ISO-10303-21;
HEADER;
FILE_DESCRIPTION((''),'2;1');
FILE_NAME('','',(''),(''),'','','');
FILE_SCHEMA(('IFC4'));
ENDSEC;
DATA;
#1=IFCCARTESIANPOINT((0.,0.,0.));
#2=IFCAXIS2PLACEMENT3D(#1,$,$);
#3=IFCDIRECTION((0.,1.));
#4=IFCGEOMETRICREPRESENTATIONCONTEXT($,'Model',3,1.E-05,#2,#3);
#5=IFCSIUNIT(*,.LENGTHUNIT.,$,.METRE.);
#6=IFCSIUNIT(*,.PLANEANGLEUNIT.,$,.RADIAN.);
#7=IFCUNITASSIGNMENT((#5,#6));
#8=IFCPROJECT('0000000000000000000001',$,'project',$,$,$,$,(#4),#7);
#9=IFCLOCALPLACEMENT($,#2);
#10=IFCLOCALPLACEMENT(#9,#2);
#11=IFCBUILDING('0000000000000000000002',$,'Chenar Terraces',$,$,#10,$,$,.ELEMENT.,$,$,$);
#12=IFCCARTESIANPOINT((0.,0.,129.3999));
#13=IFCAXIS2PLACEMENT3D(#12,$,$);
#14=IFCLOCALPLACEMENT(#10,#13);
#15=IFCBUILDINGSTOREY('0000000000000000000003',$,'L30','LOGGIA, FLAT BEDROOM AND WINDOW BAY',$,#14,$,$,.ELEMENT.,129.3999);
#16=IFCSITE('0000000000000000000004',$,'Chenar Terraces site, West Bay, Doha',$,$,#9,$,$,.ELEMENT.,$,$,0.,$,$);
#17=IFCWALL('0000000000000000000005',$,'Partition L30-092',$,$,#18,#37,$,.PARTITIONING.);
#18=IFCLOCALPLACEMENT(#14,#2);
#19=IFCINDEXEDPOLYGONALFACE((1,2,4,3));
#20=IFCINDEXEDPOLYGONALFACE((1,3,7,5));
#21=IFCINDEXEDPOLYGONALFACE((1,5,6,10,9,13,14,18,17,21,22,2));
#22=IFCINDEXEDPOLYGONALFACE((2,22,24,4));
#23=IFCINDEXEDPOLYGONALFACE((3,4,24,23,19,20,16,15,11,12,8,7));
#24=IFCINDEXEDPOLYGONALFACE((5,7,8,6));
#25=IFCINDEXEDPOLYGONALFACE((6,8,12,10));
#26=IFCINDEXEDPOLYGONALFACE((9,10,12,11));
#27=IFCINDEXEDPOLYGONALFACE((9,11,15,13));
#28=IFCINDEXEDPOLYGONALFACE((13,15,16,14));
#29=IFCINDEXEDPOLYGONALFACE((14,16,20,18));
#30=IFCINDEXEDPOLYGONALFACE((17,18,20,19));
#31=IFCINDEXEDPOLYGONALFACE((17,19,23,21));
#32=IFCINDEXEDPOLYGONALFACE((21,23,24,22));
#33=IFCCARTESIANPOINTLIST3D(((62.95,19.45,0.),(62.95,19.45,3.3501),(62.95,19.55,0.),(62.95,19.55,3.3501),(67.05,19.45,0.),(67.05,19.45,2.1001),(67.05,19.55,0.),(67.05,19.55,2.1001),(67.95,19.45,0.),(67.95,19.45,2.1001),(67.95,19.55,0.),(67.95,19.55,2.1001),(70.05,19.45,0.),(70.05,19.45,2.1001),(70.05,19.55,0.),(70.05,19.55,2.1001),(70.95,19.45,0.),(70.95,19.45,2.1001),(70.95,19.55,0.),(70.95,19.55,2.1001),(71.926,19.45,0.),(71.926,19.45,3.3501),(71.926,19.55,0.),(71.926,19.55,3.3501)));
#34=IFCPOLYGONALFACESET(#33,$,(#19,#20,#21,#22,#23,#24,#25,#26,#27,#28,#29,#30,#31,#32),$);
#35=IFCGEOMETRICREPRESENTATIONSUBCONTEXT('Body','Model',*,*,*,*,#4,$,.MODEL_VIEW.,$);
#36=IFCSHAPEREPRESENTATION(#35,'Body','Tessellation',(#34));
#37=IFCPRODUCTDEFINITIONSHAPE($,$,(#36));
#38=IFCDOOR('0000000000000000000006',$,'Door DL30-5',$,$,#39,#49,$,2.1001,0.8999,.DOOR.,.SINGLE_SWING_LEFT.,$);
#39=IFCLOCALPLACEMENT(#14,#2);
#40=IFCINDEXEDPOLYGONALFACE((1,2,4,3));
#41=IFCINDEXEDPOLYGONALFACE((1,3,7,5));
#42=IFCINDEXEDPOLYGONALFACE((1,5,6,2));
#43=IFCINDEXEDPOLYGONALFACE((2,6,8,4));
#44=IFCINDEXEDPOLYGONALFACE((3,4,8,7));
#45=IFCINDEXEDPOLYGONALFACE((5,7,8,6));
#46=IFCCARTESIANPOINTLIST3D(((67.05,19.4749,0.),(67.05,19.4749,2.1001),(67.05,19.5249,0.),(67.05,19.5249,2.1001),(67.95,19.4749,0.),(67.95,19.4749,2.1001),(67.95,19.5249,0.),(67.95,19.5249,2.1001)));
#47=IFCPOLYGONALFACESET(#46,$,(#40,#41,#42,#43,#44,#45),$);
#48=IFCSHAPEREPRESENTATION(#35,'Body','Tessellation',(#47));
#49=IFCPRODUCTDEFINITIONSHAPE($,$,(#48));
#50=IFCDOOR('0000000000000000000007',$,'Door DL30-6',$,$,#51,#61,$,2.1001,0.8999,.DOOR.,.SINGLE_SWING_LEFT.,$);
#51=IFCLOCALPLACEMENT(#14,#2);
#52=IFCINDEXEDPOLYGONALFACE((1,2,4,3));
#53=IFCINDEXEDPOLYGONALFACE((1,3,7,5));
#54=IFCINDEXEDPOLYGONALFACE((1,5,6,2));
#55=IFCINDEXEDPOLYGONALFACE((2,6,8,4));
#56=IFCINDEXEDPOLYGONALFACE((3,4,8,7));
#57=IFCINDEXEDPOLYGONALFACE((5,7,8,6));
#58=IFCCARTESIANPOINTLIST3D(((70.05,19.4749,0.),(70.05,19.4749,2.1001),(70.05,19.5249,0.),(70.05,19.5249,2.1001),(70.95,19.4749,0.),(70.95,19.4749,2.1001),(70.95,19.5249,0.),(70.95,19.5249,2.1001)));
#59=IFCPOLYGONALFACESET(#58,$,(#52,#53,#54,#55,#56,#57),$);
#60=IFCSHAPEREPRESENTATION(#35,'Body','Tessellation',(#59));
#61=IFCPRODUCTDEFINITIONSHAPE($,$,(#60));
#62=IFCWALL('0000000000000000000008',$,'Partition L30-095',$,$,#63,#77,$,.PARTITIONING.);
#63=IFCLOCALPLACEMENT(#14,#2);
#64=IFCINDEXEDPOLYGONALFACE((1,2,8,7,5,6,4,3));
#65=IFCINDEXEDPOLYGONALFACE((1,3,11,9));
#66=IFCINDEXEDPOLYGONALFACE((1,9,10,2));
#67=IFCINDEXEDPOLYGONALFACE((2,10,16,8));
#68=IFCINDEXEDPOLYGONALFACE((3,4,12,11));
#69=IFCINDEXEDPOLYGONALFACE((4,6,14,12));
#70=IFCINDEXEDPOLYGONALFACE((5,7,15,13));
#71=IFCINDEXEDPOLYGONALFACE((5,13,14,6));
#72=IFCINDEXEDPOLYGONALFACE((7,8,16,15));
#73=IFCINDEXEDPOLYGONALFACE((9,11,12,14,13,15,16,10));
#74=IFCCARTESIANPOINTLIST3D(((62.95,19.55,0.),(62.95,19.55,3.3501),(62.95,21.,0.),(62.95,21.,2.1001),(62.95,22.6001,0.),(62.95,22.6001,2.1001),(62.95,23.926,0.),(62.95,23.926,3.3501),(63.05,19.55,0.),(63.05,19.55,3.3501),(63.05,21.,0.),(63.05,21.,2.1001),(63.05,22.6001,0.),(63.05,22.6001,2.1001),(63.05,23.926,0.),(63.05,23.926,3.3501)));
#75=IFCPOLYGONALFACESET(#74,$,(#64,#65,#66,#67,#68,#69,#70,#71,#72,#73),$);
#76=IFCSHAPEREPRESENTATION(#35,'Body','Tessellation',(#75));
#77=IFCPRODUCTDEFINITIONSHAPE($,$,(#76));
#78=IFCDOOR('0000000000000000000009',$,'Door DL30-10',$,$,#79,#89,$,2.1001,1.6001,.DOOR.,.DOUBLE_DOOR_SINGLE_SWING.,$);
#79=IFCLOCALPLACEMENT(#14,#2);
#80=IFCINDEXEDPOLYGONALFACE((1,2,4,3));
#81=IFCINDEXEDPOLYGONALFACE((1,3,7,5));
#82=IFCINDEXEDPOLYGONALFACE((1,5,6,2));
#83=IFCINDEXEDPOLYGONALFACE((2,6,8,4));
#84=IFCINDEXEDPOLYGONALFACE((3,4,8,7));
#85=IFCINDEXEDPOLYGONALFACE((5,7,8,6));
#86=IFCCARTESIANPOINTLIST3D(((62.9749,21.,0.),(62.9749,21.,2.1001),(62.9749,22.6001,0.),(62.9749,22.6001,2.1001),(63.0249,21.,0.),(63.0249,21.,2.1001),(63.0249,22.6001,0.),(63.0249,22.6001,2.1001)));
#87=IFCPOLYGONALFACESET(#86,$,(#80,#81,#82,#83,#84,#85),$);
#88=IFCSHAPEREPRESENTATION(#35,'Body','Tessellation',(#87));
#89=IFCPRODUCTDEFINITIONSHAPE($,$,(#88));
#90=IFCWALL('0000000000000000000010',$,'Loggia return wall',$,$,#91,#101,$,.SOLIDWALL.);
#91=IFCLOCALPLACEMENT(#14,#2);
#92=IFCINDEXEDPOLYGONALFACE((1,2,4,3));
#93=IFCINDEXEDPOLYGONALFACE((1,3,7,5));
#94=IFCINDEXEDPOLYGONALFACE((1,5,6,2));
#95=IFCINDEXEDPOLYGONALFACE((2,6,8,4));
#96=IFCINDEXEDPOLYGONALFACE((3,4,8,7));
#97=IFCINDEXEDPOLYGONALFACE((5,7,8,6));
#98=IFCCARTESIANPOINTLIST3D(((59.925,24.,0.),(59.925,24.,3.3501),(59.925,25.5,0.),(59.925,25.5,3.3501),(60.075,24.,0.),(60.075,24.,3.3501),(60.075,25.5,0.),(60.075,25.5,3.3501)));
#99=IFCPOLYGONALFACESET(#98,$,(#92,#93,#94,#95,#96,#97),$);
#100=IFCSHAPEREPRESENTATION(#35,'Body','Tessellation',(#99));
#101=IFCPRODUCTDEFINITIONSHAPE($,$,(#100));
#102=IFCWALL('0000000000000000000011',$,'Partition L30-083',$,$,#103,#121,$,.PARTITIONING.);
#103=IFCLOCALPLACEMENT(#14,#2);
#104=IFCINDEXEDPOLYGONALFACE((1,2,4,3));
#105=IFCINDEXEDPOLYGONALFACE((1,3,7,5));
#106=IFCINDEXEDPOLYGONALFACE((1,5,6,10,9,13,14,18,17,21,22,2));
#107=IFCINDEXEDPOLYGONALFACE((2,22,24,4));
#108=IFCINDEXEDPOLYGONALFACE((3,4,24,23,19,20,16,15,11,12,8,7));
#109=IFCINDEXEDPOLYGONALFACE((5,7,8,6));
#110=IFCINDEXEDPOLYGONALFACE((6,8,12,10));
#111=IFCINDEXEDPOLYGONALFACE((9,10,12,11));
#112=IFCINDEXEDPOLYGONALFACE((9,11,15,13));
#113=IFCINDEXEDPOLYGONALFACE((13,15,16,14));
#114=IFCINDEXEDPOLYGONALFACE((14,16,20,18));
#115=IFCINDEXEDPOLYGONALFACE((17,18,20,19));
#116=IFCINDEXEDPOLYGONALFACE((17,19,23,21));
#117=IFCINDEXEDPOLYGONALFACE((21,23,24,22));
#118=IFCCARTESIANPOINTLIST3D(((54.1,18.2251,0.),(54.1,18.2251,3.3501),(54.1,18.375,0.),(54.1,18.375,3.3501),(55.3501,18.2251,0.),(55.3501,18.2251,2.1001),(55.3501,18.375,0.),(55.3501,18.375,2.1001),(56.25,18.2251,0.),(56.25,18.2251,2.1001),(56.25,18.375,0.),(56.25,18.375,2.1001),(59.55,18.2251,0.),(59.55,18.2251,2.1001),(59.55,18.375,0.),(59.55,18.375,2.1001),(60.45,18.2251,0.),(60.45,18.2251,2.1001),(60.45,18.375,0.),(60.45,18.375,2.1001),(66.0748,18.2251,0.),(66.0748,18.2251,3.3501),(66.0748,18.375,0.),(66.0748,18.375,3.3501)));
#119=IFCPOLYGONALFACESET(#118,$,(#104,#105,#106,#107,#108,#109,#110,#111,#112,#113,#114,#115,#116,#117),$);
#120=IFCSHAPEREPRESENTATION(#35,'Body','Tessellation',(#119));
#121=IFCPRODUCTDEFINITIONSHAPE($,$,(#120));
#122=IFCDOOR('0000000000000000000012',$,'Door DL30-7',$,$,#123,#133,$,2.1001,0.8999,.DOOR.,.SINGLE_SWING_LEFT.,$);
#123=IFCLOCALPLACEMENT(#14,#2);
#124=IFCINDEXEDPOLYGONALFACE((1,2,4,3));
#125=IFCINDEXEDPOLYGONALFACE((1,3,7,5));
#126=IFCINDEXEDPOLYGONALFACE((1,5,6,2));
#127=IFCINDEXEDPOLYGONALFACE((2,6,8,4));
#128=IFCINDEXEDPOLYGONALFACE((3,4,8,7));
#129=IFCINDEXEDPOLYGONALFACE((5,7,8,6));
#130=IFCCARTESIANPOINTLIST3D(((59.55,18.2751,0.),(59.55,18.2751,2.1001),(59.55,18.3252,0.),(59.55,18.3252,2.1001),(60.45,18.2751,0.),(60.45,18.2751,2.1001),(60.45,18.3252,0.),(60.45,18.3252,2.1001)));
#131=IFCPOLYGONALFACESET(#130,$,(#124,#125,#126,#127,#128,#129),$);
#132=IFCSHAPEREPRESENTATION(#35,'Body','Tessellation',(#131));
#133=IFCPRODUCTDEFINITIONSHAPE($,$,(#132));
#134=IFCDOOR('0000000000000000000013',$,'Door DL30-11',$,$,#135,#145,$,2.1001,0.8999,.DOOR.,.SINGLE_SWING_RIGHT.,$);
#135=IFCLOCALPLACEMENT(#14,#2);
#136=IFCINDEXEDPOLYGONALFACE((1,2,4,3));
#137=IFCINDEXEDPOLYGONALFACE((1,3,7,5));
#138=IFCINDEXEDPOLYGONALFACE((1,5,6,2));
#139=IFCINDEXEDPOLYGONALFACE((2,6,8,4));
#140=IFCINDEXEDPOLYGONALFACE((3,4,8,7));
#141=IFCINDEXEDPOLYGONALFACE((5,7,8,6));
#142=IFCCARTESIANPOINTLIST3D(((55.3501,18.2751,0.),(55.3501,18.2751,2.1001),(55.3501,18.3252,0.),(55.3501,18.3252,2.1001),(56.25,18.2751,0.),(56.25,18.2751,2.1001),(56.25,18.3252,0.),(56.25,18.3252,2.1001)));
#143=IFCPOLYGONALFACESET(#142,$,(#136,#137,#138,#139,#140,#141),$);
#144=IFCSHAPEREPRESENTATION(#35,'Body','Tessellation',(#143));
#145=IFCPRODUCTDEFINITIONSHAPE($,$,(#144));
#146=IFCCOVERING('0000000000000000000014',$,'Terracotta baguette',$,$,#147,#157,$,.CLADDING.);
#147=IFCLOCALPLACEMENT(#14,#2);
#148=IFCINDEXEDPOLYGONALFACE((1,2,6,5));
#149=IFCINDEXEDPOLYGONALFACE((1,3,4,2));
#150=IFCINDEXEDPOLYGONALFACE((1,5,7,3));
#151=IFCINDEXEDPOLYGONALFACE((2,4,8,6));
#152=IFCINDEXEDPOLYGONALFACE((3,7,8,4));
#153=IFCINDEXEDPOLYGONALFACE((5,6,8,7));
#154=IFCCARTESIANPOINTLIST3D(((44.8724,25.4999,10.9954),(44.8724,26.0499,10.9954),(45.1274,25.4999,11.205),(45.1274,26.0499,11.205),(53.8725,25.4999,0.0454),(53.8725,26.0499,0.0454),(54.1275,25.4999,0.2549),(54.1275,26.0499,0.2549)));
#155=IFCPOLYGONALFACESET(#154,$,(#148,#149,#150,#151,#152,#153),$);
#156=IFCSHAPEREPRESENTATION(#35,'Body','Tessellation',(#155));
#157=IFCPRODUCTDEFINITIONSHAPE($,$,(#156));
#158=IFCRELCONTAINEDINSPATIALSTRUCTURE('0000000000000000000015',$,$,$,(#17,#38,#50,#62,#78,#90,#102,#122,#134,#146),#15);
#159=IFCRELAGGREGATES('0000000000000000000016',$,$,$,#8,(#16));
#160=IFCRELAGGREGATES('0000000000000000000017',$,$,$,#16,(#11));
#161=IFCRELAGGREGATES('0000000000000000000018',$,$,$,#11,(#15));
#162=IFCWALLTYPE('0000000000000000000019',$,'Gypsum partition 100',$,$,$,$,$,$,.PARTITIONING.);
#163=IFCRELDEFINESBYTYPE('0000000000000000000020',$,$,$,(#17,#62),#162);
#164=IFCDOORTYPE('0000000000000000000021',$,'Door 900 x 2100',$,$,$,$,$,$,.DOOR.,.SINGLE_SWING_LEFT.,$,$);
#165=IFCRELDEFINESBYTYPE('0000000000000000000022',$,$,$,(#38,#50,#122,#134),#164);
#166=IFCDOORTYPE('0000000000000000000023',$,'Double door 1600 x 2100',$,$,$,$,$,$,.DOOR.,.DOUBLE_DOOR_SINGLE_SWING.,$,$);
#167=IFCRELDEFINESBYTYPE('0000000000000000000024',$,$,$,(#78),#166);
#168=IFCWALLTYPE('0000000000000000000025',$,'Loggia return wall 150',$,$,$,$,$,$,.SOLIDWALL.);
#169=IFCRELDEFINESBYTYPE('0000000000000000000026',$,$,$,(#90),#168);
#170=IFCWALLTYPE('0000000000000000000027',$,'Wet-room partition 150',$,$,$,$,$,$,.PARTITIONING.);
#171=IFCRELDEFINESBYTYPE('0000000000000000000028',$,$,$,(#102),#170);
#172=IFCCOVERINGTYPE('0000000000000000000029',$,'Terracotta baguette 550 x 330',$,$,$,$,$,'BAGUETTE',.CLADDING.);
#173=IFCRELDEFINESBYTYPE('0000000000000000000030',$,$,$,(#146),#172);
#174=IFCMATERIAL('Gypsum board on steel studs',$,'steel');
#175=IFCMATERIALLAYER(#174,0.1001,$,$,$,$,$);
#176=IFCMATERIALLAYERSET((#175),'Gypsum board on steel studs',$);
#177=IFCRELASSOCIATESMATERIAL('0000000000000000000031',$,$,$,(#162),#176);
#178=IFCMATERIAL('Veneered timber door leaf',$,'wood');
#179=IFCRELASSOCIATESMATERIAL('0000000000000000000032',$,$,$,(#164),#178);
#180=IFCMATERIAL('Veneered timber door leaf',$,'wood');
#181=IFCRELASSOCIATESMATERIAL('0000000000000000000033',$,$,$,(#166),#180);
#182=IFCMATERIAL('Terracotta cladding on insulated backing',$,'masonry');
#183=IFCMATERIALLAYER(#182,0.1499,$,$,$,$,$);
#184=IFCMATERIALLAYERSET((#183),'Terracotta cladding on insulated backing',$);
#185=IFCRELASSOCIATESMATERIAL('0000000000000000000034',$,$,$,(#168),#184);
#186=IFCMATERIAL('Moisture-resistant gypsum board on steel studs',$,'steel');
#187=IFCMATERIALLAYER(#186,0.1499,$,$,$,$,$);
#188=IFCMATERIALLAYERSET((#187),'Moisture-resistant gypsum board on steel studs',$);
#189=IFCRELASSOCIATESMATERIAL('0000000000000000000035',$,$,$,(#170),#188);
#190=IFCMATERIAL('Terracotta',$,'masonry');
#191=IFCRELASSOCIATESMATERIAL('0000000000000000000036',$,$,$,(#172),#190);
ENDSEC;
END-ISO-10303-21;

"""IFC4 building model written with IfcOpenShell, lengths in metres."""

from ifc_helpers import new_model, si_unit, direction, frame, frame_2d, origin, origin_2d, place, context, subcontext, project, spatial, rectangle, extrude, material, layer, layer_set, material_profile, profile_set, type_object, element, fill, save


model = new_model("IFC4")

# Units and contexts
model_context = context("Model", 3, precision=1e-05, world=origin(), true_north=direction((0.0, 1.0)))
body_context = subcontext(model_context, "Body", "Model", "MODEL_VIEW")
ifc_project = project(units=[si_unit("LENGTHUNIT", "METRE"), si_unit("PLANEANGLEUNIT", "RADIAN")], contexts=[model_context])

# Site, building, storey
site_placement = place(None, origin())
site = spatial("IfcSite", under=ifc_project, at=site_placement, Name="Chenar Terraces site, West Bay, Doha", CompositionType="ELEMENT", RefElevation=0.0)
building_placement = place(site_placement, origin())
building = spatial("IfcBuilding", under=site, at=building_placement, Name="Chenar Terraces", CompositionType="ELEMENT")
storey_placement = place(building_placement, frame((0.0, 0.0, 129.3999)))
storey = spatial("IfcBuildingStorey", under=building, at=storey_placement, Name="L30", Description="LOGGIA, FLAT BEDROOM AND WINDOW BAY", CompositionType="ELEMENT", Elevation=129.3999)

# Shared definitions
ifc_material_1 = material(Name="Gypsum board on steel studs", Category="steel")
ifc_layer_1 = layer(ifc_material_1, 0.1001)
ifc_layer_set_1 = layer_set([ifc_layer_1], Name="Gypsum board on steel studs")
wall_type_1 = type_object("IfcWallType", Name="Gypsum partition 100", PredefinedType="PARTITIONING", material=ifc_layer_set_1)
ifc_material_2 = material(Name="Veneered timber door leaf", Category="wood")
door_type_1 = type_object("IfcDoorType", Name="Door 900 x 2100", OperationType="SINGLE_SWING_LEFT", PredefinedType="DOOR", material=ifc_material_2)

# Wall, openings, doors
wall_1_placement = place(storey_placement, frame((62.95, 19.5, 0.0), z_axis=(0.0, 0.0, 1.0), x_axis=(1.0, 0.0, 0.0)))
wall_1 = element("IfcWall", 1, at=wall_1_placement, inside=storey, type_object=wall_type_1, Name="Partition L30-092", PredefinedType="PARTITIONING", context=body_context, shape_type="SweptSolid", body=[
    extrude(rectangle(XDim=8.9761, YDim=0.1001, at=frame_2d((4.488, 0.0))), origin(), (0.0, 0.0, 1.0), 3.3501),
])
opening_1_placement = place(wall_1_placement, frame((4.1001, 0.0, 0.0)))
opening_1 = element("IfcOpeningElement", 2, at=opening_1_placement, cuts=wall_1, PredefinedType="OPENING", context=body_context, shape_type="SweptSolid", body=[
    extrude(rectangle(XDim=0.8999, YDim=2.1001, at=frame_2d((0.45, 1.05))), frame((0.0, 0.0601, 0.0), z_axis=(0.0, -1.0, 0.0), x_axis=(1.0, 0.0, 0.0)), (0.0, 0.0, 1.0), 0.1201),
])
opening_2_placement = place(wall_1_placement, frame((7.1001, 0.0, 0.0)))
opening_2 = element("IfcOpeningElement", 3, at=opening_2_placement, cuts=wall_1, PredefinedType="OPENING", context=body_context, shape_type="SweptSolid", body=[
    extrude(rectangle(XDim=0.8999, YDim=2.1001, at=frame_2d((0.45, 1.05))), frame((0.0, 0.0601, 0.0), z_axis=(0.0, -1.0, 0.0), x_axis=(1.0, 0.0, 0.0)), (0.0, 0.0, 1.0), 0.1201),
])
door_1_placement = place(opening_1_placement, origin())
door_1 = element("IfcDoor", 4, at=door_1_placement, inside=storey, type_object=door_type_1, Name="Door DL30-5", OperationType="SINGLE_SWING_LEFT", OverallHeight=2.1001, OverallWidth=0.8999, PredefinedType="DOOR", context=body_context, shape_type="SweptSolid", body=[
    extrude(rectangle(XDim=0.8999, YDim=2.1001, at=frame_2d((0.45, 1.05))), frame((0.0, 0.0249, 0.0), z_axis=(0.0, -1.0, 0.0), x_axis=(1.0, 0.0, 0.0)), (0.0, 0.0, 1.0), 0.05),
])
fill(opening_1, door_1)
door_2_placement = place(opening_2_placement, origin())
door_2 = element("IfcDoor", 5, at=door_2_placement, inside=storey, type_object=door_type_1, Name="Door DL30-6", OperationType="SINGLE_SWING_LEFT", OverallHeight=2.1001, OverallWidth=0.8999, PredefinedType="DOOR", context=body_context, shape_type="SweptSolid", body=[
    extrude(rectangle(XDim=0.8999, YDim=2.1001, at=frame_2d((0.45, 1.05))), frame((0.0, 0.0249, 0.0), z_axis=(0.0, -1.0, 0.0), x_axis=(1.0, 0.0, 0.0)), (0.0, 0.0, 1.0), 0.05),
])
fill(opening_2, door_2)

# Wall, opening, door
wall_2_placement = place(storey_placement, frame((63.0, 19.55, 0.0), z_axis=(0.0, 0.0, 1.0), x_axis=(0.0, 1.0, 0.0)))
wall_2 = element("IfcWall", 6, at=wall_2_placement, inside=storey, type_object=wall_type_1, Name="Partition L30-095", PredefinedType="PARTITIONING", context=body_context, shape_type="SweptSolid", body=[
    extrude(rectangle(XDim=4.376, YDim=0.1001, at=frame_2d((2.188, 0.0))), origin(), (0.0, 0.0, 1.0), 3.3501),
])
opening_3_placement = place(wall_2_placement, frame((1.45, 0.0, 0.0)))
opening_3 = element("IfcOpeningElement", 7, at=opening_3_placement, cuts=wall_2, PredefinedType="OPENING", context=body_context, shape_type="SweptSolid", body=[
    extrude(rectangle(XDim=1.6001, YDim=2.1001, at=frame_2d((0.8, 1.05))), frame((0.0, 0.0601, 0.0), z_axis=(0.0, -1.0, 0.0), x_axis=(1.0, 0.0, 0.0)), (0.0, 0.0, 1.0), 0.1201),
])
ifc_material_3 = material(Name="Veneered timber door leaf", Category="wood")
door_type_2 = type_object("IfcDoorType", Name="Double door 1600 x 2100", OperationType="DOUBLE_DOOR_SINGLE_SWING", PredefinedType="DOOR", material=ifc_material_3)
door_3_placement = place(opening_3_placement, frame((1.6001, 0.0, 0.0), z_axis=(0.0, 0.0, 1.0), x_axis=(-1.0, 0.0, 0.0)))
door_3 = element("IfcDoor", 8, at=door_3_placement, inside=storey, type_object=door_type_2, Name="Door DL30-10", OperationType="DOUBLE_DOOR_SINGLE_SWING", OverallHeight=2.1001, OverallWidth=1.6001, PredefinedType="DOOR", context=body_context, shape_type="SweptSolid", body=[
    extrude(rectangle(XDim=1.6001, YDim=2.1001, at=frame_2d((0.8, 1.05))), frame((0.0, 0.0249, 0.0), z_axis=(0.0, -1.0, 0.0), x_axis=(1.0, 0.0, 0.0)), (0.0, 0.0, 1.0), 0.05),
])
fill(opening_3, door_3)

# Wall
ifc_material_4 = material(Name="Terracotta cladding on insulated backing", Category="masonry")
ifc_layer_2 = layer(ifc_material_4, 0.1499)
ifc_layer_set_2 = layer_set([ifc_layer_2], Name="Terracotta cladding on insulated backing")
wall_type_2 = type_object("IfcWallType", Name="Loggia return wall 150", PredefinedType="SOLIDWALL", material=ifc_layer_set_2)
wall_3_placement = place(storey_placement, frame((60.0, 25.5, 0.0), z_axis=(0.0, 0.0, 1.0), x_axis=(0.0, -1.0, 0.0)))
element("IfcWall", 9, at=wall_3_placement, inside=storey, type_object=wall_type_2, Name="Loggia return wall", PredefinedType="SOLIDWALL", context=body_context, shape_type="SweptSolid", body=[
    extrude(rectangle(XDim=1.5, YDim=0.1499, at=frame_2d((0.75, 0.0))), origin(), (0.0, 0.0, 1.0), 3.3501),
])

# Wall, openings, doors
ifc_material_5 = material(Name="Moisture-resistant gypsum board on steel studs", Category="steel")
ifc_layer_3 = layer(ifc_material_5, 0.1499)
ifc_layer_set_3 = layer_set([ifc_layer_3], Name="Moisture-resistant gypsum board on steel studs")
wall_type_3 = type_object("IfcWallType", Name="Wet-room partition 150", PredefinedType="PARTITIONING", material=ifc_layer_set_3)
wall_4_placement = place(storey_placement, frame((54.1001, 18.3, 0.0), z_axis=(0.0, 0.0, 1.0), x_axis=(1.0, 0.0, 0.0)))
wall_4 = element("IfcWall", 10, at=wall_4_placement, inside=storey, type_object=wall_type_3, Name="Partition L30-083", PredefinedType="PARTITIONING", context=body_context, shape_type="SweptSolid", body=[
    extrude(rectangle(XDim=11.9749, YDim=0.1499, at=frame_2d((5.9873, 0.0))), origin(), (0.0, 0.0, 1.0), 3.3501),
])
opening_4_placement = place(wall_4_placement, frame((5.45, 0.0, 0.0)))
opening_4 = element("IfcOpeningElement", 11, at=opening_4_placement, cuts=wall_4, PredefinedType="OPENING", context=body_context, shape_type="SweptSolid", body=[
    extrude(rectangle(XDim=0.8999, YDim=2.1001, at=frame_2d((0.45, 1.05))), frame((0.0, 0.085, 0.0), z_axis=(0.0, -1.0, 0.0), x_axis=(1.0, 0.0, 0.0)), (0.0, 0.0, 1.0), 0.1699),
])
opening_5_placement = place(wall_4_placement, frame((1.25, 0.0, 0.0)))
opening_5 = element("IfcOpeningElement", 12, at=opening_5_placement, cuts=wall_4, PredefinedType="OPENING", context=body_context, shape_type="SweptSolid", body=[
    extrude(rectangle(XDim=0.8999, YDim=2.1001, at=frame_2d((0.45, 1.05))), frame((0.0, 0.085, 0.0), z_axis=(0.0, -1.0, 0.0), x_axis=(1.0, 0.0, 0.0)), (0.0, 0.0, 1.0), 0.1699),
])
door_4_placement = place(opening_4_placement, frame((0.8999, 0.0, 0.0), z_axis=(0.0, 0.0, 1.0), x_axis=(-1.0, 0.0, 0.0)))
door_4 = element("IfcDoor", 13, at=door_4_placement, inside=storey, type_object=door_type_1, Name="Door DL30-7", OperationType="SINGLE_SWING_LEFT", OverallHeight=2.1001, OverallWidth=0.8999, PredefinedType="DOOR", context=body_context, shape_type="SweptSolid", body=[
    extrude(rectangle(XDim=0.8999, YDim=2.1001, at=frame_2d((0.45, 1.05))), frame((0.0, 0.0249, 0.0), z_axis=(0.0, -1.0, 0.0), x_axis=(1.0, 0.0, 0.0)), (0.0, 0.0, 1.0), 0.05),
])
fill(opening_4, door_4)
door_5_placement = place(opening_5_placement, frame((0.8999, 0.0, 0.0), z_axis=(0.0, 0.0, 1.0), x_axis=(-1.0, 0.0, 0.0)))
door_5 = element("IfcDoor", 14, at=door_5_placement, inside=storey, type_object=door_type_1, Name="Door DL30-11", OperationType="SINGLE_SWING_RIGHT", OverallHeight=2.1001, OverallWidth=0.8999, PredefinedType="DOOR", context=body_context, shape_type="SweptSolid", body=[
    extrude(rectangle(XDim=0.8999, YDim=2.1001, at=frame_2d((0.45, 1.05))), frame((0.0, 0.0249, 0.0), z_axis=(0.0, -1.0, 0.0), x_axis=(1.0, 0.0, 0.0)), (0.0, 0.0, 1.0), 0.05),
])
fill(opening_5, door_5)

# Covering
ifc_material_6 = material(Name="Terracotta", Category="masonry")
ifc_material_profile_1 = material_profile(ifc_material_6, rectangle(XDim=0.55, YDim=0.3301, at=origin_2d()), Name="Terracotta baguette 550 x 330")
ifc_profile_set_1 = profile_set([ifc_material_profile_1], Name="Terracotta")
covering_type = type_object("IfcCoveringType", Name="Terracotta baguette 550 x 330", ElementType="BAGUETTE", PredefinedType="CLADDING", material=ifc_profile_set_1)
covering_placement = place(storey_placement, frame((54.0, 25.7749, 0.1501), z_axis=(-0.634967, 0.0, 0.772539), x_axis=(0.0, -1.0, 0.0)))
element("IfcCovering", 15, at=covering_placement, inside=storey, type_object=covering_type, Name="Terracotta baguette", PredefinedType="CLADDING", context=body_context, shape_type="SweptSolid", body=[
    extrude(rectangle(XDim=0.55, YDim=0.3301, at=origin_2d()), origin(), (0.0, 0.0, 1.0), 14.1741),
])

save(model, "model.ifc")
